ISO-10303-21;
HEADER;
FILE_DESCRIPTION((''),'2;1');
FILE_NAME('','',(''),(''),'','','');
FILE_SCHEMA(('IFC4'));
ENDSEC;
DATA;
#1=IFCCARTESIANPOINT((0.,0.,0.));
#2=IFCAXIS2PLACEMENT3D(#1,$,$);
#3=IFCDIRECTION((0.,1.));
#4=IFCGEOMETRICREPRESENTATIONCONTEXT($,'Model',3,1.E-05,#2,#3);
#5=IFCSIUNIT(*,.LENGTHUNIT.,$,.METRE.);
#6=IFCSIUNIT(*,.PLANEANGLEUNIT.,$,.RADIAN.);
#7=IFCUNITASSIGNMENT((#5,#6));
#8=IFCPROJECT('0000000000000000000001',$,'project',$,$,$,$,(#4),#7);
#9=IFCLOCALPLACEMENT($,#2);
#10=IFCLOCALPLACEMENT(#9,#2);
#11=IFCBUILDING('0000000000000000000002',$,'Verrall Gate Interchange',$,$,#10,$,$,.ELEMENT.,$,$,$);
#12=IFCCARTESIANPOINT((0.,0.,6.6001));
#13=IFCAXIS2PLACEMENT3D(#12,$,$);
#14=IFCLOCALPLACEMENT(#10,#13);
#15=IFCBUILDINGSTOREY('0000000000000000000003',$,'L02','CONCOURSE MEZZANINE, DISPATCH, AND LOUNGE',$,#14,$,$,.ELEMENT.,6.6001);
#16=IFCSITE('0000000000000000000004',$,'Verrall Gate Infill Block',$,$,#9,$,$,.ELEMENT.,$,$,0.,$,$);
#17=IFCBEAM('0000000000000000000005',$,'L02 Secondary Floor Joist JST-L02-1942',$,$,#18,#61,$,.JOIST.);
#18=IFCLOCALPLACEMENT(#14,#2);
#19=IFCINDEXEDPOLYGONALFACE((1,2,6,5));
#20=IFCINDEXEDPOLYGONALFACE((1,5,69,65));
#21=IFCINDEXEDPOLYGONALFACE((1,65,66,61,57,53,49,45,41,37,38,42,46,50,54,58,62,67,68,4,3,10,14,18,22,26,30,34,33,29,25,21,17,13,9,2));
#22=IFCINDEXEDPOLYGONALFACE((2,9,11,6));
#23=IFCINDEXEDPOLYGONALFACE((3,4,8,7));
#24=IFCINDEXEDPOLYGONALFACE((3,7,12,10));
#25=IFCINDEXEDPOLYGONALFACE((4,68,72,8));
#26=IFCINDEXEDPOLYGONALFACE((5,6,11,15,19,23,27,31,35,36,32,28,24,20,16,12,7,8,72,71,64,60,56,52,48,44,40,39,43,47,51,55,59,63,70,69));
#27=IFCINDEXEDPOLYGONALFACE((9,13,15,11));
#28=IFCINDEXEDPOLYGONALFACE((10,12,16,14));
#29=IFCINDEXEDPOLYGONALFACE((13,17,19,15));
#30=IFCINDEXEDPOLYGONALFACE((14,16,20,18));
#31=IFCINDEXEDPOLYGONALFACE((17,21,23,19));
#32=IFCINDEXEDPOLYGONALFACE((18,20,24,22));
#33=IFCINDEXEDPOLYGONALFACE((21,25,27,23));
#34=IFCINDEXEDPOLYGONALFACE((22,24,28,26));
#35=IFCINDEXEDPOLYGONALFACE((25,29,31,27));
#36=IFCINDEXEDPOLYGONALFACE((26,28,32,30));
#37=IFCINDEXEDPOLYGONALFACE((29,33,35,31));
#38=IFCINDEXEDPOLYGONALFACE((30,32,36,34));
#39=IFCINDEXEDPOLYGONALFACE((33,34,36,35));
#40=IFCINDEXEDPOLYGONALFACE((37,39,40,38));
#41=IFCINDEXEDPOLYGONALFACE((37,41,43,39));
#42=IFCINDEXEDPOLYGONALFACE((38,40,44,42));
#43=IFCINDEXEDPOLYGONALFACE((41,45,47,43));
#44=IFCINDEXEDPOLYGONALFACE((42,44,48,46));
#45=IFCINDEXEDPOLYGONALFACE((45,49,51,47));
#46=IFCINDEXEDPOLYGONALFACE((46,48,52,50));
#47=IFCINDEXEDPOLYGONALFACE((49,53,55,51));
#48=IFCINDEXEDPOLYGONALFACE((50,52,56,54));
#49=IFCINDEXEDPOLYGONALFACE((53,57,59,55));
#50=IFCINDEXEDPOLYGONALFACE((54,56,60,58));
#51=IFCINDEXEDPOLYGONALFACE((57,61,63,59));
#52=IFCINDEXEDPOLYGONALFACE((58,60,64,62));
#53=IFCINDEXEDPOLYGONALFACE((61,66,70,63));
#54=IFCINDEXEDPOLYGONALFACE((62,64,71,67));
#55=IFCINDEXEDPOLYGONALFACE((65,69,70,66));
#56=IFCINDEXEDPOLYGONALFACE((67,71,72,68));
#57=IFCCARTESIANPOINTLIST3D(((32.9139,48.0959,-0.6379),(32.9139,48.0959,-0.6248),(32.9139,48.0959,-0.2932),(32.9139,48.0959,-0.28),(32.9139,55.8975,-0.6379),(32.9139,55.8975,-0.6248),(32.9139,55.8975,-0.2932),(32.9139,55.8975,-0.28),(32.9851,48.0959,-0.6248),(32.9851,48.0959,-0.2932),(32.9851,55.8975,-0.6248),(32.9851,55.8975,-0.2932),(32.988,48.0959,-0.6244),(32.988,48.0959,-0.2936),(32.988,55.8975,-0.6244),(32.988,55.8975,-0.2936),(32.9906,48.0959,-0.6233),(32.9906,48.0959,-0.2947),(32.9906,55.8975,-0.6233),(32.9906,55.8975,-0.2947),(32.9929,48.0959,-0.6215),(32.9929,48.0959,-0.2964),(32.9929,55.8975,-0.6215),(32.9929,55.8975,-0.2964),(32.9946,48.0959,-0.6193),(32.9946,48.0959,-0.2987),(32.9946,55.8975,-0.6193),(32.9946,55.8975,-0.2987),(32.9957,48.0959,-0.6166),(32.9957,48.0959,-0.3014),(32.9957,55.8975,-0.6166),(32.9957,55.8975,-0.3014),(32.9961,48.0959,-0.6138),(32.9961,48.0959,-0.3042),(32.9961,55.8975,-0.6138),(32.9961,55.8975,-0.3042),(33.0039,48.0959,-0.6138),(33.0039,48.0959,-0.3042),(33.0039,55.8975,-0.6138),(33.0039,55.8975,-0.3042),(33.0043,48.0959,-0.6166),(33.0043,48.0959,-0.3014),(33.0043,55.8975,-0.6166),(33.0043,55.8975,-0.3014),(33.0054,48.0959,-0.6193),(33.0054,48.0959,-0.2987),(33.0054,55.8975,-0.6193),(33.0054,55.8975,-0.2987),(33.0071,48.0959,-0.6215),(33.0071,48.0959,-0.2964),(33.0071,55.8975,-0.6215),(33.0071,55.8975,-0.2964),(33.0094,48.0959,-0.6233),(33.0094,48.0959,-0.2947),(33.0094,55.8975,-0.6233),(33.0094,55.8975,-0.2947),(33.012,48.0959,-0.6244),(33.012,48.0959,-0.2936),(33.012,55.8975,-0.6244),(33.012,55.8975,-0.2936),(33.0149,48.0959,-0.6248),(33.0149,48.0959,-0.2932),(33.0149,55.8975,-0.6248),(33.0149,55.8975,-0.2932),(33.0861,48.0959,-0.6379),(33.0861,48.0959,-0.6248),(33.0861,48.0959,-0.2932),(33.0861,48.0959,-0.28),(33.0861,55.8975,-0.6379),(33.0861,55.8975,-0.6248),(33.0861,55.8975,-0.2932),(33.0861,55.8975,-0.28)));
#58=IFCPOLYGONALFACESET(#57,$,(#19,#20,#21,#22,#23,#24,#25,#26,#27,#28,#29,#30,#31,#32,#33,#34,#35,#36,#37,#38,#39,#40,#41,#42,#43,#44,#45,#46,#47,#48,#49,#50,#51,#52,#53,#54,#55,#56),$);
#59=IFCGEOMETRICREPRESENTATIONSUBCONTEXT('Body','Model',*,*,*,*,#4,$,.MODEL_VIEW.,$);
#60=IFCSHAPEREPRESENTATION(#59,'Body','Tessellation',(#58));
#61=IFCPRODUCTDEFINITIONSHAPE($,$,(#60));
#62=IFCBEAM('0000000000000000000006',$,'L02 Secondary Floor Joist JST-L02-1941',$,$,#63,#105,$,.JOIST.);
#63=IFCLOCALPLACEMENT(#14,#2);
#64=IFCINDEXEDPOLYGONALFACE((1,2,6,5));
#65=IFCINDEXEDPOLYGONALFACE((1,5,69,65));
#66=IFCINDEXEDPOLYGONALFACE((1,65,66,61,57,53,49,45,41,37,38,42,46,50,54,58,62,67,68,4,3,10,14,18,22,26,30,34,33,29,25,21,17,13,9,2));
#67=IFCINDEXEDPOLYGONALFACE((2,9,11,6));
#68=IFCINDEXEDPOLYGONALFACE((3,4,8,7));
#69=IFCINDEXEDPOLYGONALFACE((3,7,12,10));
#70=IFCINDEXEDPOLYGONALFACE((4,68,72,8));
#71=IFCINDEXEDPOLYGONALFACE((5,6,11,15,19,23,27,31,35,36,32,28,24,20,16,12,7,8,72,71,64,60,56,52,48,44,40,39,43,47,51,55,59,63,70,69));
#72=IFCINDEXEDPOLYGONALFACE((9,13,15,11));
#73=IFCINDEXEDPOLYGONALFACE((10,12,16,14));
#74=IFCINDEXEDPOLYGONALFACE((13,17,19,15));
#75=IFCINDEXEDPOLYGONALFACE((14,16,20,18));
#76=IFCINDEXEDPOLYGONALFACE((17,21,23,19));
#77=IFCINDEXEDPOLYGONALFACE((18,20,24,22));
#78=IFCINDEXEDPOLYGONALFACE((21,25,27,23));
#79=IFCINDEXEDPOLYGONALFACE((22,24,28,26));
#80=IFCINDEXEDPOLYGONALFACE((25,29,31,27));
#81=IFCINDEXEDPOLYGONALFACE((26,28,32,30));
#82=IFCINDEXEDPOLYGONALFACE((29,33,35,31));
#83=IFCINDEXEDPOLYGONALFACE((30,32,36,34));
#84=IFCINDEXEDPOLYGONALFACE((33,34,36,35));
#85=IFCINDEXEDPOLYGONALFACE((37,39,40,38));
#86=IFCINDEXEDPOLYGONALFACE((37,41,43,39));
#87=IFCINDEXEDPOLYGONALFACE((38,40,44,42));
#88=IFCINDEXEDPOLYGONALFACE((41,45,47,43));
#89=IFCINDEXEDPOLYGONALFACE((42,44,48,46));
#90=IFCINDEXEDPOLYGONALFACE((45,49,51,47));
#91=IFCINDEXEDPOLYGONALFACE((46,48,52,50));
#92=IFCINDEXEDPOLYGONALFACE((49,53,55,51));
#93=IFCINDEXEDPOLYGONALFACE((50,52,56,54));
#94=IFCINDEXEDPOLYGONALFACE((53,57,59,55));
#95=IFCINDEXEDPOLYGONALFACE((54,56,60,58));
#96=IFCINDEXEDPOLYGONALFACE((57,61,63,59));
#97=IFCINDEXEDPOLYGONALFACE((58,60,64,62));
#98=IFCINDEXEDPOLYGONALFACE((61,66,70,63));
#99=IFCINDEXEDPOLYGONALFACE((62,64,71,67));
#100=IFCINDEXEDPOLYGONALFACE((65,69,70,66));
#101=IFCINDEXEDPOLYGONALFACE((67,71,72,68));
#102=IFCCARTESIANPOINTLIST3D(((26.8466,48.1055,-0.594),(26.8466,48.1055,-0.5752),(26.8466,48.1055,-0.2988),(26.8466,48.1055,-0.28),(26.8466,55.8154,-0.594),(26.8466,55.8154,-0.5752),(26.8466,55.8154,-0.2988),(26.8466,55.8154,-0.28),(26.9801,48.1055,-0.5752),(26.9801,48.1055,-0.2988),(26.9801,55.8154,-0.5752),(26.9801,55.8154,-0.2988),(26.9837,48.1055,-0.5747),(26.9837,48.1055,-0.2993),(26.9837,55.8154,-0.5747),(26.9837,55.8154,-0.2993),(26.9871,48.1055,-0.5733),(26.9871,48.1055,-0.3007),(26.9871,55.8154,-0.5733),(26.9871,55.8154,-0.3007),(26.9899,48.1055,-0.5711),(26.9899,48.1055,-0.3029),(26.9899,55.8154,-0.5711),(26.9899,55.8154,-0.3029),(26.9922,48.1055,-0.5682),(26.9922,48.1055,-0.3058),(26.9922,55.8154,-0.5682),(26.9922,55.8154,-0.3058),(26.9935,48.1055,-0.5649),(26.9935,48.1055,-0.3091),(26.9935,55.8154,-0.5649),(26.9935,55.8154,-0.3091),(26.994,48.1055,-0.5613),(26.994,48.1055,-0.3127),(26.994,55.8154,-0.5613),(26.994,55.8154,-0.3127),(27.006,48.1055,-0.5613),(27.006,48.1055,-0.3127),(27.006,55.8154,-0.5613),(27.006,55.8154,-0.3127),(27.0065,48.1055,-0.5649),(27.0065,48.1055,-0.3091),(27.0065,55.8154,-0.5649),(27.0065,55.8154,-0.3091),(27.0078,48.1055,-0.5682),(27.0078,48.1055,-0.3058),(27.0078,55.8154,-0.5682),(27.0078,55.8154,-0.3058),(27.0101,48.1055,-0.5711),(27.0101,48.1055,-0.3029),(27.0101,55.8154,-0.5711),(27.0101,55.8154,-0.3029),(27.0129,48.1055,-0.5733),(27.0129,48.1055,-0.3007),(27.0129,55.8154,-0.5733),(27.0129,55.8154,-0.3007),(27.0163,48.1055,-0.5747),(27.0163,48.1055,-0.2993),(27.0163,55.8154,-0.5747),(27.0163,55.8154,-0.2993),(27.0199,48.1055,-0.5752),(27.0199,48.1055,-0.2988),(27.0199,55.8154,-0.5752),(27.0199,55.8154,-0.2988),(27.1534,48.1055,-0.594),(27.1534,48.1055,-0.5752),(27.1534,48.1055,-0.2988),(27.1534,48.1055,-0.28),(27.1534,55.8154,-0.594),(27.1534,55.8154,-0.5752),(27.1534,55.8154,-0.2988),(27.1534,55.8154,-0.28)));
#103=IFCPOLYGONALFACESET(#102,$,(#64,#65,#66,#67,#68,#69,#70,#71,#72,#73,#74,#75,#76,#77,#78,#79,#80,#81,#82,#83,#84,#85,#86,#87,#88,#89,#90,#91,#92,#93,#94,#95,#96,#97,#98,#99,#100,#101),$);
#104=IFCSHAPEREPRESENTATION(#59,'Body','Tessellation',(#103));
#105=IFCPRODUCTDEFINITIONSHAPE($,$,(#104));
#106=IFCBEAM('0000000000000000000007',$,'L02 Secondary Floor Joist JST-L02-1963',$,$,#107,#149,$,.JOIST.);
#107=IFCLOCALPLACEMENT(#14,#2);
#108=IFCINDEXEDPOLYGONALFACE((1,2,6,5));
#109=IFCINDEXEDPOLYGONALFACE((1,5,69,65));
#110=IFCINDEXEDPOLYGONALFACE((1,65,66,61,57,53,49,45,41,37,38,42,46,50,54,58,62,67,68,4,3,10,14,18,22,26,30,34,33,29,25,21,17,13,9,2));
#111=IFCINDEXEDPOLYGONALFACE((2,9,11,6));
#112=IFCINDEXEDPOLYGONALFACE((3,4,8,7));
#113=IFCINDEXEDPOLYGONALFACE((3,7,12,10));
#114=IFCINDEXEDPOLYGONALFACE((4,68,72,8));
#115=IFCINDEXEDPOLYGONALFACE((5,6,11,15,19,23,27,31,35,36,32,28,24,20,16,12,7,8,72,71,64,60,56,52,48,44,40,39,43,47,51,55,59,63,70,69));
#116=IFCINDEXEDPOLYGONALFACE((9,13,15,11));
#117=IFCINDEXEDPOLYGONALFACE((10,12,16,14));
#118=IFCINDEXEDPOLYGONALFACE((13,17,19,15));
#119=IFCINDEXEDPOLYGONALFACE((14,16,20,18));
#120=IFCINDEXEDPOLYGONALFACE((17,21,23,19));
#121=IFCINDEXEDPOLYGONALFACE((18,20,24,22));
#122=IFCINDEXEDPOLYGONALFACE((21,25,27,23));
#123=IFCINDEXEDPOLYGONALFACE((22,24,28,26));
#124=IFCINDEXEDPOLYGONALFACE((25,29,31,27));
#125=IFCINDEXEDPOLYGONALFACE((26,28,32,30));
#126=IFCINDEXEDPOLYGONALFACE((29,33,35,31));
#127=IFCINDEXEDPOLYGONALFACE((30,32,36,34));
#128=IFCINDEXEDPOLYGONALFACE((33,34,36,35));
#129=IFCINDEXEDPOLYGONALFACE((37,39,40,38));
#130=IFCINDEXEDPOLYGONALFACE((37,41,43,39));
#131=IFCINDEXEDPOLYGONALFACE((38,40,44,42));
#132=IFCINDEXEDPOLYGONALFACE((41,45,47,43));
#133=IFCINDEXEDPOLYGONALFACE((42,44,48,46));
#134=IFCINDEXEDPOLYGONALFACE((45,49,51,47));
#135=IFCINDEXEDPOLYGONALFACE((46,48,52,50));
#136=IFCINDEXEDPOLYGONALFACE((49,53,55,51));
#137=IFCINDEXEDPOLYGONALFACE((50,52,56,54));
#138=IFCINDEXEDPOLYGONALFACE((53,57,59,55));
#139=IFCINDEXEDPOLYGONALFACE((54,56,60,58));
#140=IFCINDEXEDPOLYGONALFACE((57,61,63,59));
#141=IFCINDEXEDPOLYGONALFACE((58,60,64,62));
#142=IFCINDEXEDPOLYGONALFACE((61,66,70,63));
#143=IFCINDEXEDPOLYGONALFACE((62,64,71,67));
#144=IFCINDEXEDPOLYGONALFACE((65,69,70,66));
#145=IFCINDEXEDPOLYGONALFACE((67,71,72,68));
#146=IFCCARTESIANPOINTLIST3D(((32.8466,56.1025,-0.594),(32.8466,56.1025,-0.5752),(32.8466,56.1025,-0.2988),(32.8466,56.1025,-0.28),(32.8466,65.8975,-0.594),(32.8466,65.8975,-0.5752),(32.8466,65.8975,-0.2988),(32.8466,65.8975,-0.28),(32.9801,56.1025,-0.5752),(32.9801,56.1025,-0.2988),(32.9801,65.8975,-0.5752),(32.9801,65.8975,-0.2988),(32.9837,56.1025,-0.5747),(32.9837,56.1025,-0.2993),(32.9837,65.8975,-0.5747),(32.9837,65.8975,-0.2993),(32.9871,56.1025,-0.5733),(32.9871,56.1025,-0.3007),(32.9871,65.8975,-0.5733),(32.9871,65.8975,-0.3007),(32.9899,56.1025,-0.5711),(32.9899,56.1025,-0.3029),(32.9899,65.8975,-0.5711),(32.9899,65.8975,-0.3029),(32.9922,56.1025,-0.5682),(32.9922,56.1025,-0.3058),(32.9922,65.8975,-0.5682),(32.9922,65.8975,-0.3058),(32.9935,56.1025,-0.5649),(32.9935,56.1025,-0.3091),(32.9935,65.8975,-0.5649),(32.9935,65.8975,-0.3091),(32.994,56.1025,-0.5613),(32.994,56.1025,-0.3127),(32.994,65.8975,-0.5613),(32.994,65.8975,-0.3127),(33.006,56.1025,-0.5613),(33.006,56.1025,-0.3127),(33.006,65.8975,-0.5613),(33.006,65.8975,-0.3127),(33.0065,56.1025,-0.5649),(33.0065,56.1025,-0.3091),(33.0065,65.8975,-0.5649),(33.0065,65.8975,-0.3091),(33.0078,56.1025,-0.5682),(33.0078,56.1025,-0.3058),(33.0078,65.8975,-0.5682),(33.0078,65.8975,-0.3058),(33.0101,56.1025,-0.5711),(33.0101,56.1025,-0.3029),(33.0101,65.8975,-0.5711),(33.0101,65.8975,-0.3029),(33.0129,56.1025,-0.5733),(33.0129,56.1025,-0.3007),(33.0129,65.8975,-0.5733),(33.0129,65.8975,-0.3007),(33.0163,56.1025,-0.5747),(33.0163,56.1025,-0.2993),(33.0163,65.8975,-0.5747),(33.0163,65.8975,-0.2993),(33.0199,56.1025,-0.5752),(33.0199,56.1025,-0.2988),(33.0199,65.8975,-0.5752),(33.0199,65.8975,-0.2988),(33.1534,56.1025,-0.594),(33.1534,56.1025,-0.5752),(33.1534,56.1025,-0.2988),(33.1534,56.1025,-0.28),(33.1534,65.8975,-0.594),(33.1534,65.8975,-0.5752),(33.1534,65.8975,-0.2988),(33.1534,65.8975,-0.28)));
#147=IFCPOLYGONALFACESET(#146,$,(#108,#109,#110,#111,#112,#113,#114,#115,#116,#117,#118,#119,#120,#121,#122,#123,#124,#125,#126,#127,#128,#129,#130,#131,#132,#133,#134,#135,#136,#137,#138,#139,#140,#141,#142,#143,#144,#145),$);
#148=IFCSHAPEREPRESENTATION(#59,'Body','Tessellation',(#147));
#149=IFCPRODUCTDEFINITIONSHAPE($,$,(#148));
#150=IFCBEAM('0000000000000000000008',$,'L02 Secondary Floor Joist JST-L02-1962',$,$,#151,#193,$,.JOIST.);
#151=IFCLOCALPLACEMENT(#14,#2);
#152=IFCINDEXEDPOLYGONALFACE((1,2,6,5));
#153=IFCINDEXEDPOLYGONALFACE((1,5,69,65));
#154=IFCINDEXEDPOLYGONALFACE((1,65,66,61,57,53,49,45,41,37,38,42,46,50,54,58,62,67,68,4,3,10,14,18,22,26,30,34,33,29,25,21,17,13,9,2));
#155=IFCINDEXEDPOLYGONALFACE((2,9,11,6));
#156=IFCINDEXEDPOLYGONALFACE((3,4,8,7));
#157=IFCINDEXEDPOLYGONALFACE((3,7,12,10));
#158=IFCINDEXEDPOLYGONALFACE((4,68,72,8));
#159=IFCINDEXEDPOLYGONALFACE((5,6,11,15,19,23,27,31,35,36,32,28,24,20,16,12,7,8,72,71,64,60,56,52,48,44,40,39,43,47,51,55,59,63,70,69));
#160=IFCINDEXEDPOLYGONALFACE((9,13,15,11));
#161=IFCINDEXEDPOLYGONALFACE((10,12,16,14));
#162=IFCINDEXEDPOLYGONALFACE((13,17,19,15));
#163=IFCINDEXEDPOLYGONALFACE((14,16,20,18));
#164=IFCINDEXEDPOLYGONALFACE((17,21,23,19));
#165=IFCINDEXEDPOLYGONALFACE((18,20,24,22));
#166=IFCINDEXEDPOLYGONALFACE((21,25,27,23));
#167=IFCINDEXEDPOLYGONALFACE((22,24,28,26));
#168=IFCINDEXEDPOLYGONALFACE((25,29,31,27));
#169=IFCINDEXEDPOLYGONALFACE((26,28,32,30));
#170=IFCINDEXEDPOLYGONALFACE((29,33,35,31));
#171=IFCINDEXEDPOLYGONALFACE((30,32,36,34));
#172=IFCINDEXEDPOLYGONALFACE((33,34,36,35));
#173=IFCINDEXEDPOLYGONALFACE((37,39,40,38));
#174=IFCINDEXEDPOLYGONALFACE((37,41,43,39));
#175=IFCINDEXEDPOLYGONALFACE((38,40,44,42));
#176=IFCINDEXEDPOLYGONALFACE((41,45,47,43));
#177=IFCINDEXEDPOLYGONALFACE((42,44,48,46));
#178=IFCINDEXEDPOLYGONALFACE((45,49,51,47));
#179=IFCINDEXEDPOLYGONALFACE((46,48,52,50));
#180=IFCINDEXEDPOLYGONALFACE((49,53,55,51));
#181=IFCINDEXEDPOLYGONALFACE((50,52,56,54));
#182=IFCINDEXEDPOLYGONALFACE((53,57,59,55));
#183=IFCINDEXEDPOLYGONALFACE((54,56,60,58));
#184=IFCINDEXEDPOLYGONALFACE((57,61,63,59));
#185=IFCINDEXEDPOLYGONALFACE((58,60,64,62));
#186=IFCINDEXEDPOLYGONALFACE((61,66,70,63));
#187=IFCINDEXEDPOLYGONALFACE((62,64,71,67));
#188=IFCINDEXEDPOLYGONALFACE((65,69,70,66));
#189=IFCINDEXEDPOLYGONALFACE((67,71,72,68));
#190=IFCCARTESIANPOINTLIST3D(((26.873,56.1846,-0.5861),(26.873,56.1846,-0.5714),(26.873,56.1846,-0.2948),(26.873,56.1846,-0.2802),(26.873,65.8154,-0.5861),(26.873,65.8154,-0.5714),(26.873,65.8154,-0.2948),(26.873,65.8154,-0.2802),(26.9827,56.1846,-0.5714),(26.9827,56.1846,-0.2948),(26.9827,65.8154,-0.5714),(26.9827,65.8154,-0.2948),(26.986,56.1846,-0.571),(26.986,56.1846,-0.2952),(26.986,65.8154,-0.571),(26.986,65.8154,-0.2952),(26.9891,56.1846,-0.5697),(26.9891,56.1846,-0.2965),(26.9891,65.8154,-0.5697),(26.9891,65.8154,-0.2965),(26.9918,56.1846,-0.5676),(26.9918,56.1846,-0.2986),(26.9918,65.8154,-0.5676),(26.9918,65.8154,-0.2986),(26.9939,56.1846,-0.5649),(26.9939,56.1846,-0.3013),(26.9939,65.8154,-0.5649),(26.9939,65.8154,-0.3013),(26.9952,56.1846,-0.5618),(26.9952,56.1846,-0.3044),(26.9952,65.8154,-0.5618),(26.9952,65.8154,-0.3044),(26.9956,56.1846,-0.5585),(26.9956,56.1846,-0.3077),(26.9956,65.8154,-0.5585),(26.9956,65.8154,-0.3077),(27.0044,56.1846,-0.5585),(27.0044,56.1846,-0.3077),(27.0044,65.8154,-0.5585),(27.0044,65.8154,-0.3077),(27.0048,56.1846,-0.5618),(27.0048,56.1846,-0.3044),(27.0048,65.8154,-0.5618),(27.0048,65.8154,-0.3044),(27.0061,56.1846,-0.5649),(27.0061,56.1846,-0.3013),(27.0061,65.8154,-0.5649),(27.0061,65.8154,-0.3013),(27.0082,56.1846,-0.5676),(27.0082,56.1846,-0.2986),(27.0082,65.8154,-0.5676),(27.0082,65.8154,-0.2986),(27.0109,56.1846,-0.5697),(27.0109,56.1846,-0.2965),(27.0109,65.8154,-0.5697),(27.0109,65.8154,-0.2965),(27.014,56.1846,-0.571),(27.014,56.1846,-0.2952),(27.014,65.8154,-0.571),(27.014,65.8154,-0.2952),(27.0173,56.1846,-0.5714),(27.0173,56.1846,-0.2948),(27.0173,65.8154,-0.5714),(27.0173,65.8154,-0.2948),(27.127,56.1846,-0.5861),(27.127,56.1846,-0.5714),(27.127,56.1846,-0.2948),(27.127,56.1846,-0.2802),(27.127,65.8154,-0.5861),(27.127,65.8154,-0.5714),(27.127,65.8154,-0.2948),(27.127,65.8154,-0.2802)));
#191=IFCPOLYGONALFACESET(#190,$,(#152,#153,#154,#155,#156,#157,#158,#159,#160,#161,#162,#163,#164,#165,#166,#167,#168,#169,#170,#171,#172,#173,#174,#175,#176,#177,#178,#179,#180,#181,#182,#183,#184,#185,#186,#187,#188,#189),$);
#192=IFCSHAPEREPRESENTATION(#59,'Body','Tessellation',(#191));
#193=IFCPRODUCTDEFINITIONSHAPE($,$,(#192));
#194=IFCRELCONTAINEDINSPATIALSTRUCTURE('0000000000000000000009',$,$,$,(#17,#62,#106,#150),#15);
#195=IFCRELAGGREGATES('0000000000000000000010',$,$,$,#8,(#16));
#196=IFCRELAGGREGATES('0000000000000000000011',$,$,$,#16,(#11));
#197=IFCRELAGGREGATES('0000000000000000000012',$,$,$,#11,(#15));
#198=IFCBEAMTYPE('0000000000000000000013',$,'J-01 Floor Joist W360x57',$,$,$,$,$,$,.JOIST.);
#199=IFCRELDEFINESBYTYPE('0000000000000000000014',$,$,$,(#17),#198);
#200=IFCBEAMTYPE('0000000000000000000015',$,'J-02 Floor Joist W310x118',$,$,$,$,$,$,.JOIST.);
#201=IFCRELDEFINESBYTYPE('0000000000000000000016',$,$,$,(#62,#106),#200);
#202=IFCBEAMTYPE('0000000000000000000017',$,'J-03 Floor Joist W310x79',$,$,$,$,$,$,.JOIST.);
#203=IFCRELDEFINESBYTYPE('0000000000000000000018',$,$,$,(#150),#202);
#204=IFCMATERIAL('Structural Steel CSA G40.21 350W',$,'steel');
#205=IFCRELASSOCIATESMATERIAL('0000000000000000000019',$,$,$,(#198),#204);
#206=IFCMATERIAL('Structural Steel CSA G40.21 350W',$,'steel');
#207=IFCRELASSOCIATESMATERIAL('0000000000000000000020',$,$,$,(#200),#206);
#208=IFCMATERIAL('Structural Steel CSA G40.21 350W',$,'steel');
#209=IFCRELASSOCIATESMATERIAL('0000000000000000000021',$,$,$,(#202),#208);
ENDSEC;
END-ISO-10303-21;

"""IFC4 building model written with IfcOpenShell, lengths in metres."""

from ifc_helpers import new_model, si_unit, direction, frame, origin, origin_2d, place, context, subcontext, project, spatial, i_section, extrude, material, material_profile, profile_set, type_object, element, save


model = new_model("IFC4")

# Units and contexts
model_context = context("Model", 3, precision=1e-05, world=origin(), true_north=direction((0.0, 1.0)))
body_context = subcontext(model_context, "Body", "Model", "MODEL_VIEW")
ifc_project = project(units=[si_unit("LENGTHUNIT", "METRE"), si_unit("PLANEANGLEUNIT", "RADIAN")], contexts=[model_context])

# Site, building, storey
site_placement = place(None, origin())
site = spatial("IfcSite", under=ifc_project, at=site_placement, Name="Verrall Gate Infill Block", CompositionType="ELEMENT", RefElevation=0.0)
building_placement = place(site_placement, origin())
building = spatial("IfcBuilding", under=site, at=building_placement, Name="Verrall Gate Interchange", CompositionType="ELEMENT")
storey_placement = place(building_placement, frame((0.0, 0.0, 6.6001)))
storey = spatial("IfcBuildingStorey", under=building, at=storey_placement, Name="L02", Description="CONCOURSE MEZZANINE, DISPATCH, AND LOUNGE", CompositionType="ELEMENT", Elevation=6.6001)

# Beams
ifc_material_1 = material(Name="Structural Steel CSA G40.21 350W", Category="steel")
ifc_material_profile_1 = material_profile(ifc_material_1, i_section(OverallWidth=0.1721, OverallDepth=0.3579, WebThickness=0.0078, FlangeThickness=0.0132, FilletRadius=0.011, at=origin_2d()), Name="W360x57")
ifc_profile_set_1 = profile_set([ifc_material_profile_1], Name="Structural Steel CSA G40.21 350W")
beam_type_1 = type_object("IfcBeamType", Name="J-01 Floor Joist W360x57", PredefinedType="JOIST", material=ifc_profile_set_1)
beam_1_placement = place(storey_placement, frame((33.0, 48.0959, -0.459), z_axis=(0.0, 1.0, 0.0), x_axis=(-1.0, 0.0, 0.0)))
element("IfcBeam", 1, at=beam_1_placement, inside=storey, type_object=beam_type_1, Name="L02 Secondary Floor Joist JST-L02-1942", PredefinedType="JOIST", context=body_context, shape_type="SweptSolid", body=[
    extrude(i_section(OverallWidth=0.1721, OverallDepth=0.3579, WebThickness=0.0078, FlangeThickness=0.0132, FilletRadius=0.011, at=origin_2d()), origin(), (0.0, 0.0, 1.0), 7.8015),
])
ifc_material_2 = material(Name="Structural Steel CSA G40.21 350W", Category="steel")
ifc_material_profile_2 = material_profile(ifc_material_2, i_section(OverallWidth=0.3069, OverallDepth=0.314, WebThickness=0.012, FlangeThickness=0.0188, FilletRadius=0.0139, at=origin_2d()), Name="W310x118")
ifc_profile_set_2 = profile_set([ifc_material_profile_2], Name="Structural Steel CSA G40.21 350W")
beam_type_2 = type_object("IfcBeamType", Name="J-02 Floor Joist W310x118", PredefinedType="JOIST", material=ifc_profile_set_2)
beam_2_placement = place(storey_placement, frame((27.0, 48.1055, -0.437), z_axis=(0.0, 1.0, 0.0), x_axis=(-1.0, 0.0, 0.0)))
element("IfcBeam", 2, at=beam_2_placement, inside=storey, type_object=beam_type_2, Name="L02 Secondary Floor Joist JST-L02-1941", PredefinedType="JOIST", context=body_context, shape_type="SweptSolid", body=[
    extrude(i_section(OverallWidth=0.3069, OverallDepth=0.314, WebThickness=0.012, FlangeThickness=0.0188, FilletRadius=0.0139, at=origin_2d()), origin(), (0.0, 0.0, 1.0), 7.71),
])
beam_3_placement = place(storey_placement, frame((33.0, 56.1025, -0.437), z_axis=(0.0, 1.0, 0.0), x_axis=(-1.0, 0.0, 0.0)))
element("IfcBeam", 3, at=beam_3_placement, inside=storey, type_object=beam_type_2, Name="L02 Secondary Floor Joist JST-L02-1963", PredefinedType="JOIST", context=body_context, shape_type="SweptSolid", body=[
    extrude(i_section(OverallWidth=0.3069, OverallDepth=0.314, WebThickness=0.012, FlangeThickness=0.0188, FilletRadius=0.0139, at=origin_2d()), origin(), (0.0, 0.0, 1.0), 9.7949),
])
ifc_material_3 = material(Name="Structural Steel CSA G40.21 350W", Category="steel")
ifc_material_profile_3 = material_profile(ifc_material_3, i_section(OverallWidth=0.2539, OverallDepth=0.3059, WebThickness=0.0088, FlangeThickness=0.0146, FilletRadius=0.0129, at=origin_2d()), Name="W310x79")
ifc_profile_set_3 = profile_set([ifc_material_profile_3], Name="Structural Steel CSA G40.21 350W")
beam_type_3 = type_object("IfcBeamType", Name="J-03 Floor Joist W310x79", PredefinedType="JOIST", material=ifc_profile_set_3)
beam_4_placement = place(storey_placement, frame((27.0, 56.1846, -0.4331), z_axis=(0.0, 1.0, 0.0), x_axis=(-1.0, 0.0, 0.0)))
element("IfcBeam", 4, at=beam_4_placement, inside=storey, type_object=beam_type_3, Name="L02 Secondary Floor Joist JST-L02-1962", PredefinedType="JOIST", context=body_context, shape_type="SweptSolid", body=[
    extrude(i_section(OverallWidth=0.2539, OverallDepth=0.3059, WebThickness=0.0088, FlangeThickness=0.0146, FilletRadius=0.0129, at=origin_2d()), origin(), (0.0, 0.0, 1.0), 9.6309),
])

save(model, "model.ifc")
